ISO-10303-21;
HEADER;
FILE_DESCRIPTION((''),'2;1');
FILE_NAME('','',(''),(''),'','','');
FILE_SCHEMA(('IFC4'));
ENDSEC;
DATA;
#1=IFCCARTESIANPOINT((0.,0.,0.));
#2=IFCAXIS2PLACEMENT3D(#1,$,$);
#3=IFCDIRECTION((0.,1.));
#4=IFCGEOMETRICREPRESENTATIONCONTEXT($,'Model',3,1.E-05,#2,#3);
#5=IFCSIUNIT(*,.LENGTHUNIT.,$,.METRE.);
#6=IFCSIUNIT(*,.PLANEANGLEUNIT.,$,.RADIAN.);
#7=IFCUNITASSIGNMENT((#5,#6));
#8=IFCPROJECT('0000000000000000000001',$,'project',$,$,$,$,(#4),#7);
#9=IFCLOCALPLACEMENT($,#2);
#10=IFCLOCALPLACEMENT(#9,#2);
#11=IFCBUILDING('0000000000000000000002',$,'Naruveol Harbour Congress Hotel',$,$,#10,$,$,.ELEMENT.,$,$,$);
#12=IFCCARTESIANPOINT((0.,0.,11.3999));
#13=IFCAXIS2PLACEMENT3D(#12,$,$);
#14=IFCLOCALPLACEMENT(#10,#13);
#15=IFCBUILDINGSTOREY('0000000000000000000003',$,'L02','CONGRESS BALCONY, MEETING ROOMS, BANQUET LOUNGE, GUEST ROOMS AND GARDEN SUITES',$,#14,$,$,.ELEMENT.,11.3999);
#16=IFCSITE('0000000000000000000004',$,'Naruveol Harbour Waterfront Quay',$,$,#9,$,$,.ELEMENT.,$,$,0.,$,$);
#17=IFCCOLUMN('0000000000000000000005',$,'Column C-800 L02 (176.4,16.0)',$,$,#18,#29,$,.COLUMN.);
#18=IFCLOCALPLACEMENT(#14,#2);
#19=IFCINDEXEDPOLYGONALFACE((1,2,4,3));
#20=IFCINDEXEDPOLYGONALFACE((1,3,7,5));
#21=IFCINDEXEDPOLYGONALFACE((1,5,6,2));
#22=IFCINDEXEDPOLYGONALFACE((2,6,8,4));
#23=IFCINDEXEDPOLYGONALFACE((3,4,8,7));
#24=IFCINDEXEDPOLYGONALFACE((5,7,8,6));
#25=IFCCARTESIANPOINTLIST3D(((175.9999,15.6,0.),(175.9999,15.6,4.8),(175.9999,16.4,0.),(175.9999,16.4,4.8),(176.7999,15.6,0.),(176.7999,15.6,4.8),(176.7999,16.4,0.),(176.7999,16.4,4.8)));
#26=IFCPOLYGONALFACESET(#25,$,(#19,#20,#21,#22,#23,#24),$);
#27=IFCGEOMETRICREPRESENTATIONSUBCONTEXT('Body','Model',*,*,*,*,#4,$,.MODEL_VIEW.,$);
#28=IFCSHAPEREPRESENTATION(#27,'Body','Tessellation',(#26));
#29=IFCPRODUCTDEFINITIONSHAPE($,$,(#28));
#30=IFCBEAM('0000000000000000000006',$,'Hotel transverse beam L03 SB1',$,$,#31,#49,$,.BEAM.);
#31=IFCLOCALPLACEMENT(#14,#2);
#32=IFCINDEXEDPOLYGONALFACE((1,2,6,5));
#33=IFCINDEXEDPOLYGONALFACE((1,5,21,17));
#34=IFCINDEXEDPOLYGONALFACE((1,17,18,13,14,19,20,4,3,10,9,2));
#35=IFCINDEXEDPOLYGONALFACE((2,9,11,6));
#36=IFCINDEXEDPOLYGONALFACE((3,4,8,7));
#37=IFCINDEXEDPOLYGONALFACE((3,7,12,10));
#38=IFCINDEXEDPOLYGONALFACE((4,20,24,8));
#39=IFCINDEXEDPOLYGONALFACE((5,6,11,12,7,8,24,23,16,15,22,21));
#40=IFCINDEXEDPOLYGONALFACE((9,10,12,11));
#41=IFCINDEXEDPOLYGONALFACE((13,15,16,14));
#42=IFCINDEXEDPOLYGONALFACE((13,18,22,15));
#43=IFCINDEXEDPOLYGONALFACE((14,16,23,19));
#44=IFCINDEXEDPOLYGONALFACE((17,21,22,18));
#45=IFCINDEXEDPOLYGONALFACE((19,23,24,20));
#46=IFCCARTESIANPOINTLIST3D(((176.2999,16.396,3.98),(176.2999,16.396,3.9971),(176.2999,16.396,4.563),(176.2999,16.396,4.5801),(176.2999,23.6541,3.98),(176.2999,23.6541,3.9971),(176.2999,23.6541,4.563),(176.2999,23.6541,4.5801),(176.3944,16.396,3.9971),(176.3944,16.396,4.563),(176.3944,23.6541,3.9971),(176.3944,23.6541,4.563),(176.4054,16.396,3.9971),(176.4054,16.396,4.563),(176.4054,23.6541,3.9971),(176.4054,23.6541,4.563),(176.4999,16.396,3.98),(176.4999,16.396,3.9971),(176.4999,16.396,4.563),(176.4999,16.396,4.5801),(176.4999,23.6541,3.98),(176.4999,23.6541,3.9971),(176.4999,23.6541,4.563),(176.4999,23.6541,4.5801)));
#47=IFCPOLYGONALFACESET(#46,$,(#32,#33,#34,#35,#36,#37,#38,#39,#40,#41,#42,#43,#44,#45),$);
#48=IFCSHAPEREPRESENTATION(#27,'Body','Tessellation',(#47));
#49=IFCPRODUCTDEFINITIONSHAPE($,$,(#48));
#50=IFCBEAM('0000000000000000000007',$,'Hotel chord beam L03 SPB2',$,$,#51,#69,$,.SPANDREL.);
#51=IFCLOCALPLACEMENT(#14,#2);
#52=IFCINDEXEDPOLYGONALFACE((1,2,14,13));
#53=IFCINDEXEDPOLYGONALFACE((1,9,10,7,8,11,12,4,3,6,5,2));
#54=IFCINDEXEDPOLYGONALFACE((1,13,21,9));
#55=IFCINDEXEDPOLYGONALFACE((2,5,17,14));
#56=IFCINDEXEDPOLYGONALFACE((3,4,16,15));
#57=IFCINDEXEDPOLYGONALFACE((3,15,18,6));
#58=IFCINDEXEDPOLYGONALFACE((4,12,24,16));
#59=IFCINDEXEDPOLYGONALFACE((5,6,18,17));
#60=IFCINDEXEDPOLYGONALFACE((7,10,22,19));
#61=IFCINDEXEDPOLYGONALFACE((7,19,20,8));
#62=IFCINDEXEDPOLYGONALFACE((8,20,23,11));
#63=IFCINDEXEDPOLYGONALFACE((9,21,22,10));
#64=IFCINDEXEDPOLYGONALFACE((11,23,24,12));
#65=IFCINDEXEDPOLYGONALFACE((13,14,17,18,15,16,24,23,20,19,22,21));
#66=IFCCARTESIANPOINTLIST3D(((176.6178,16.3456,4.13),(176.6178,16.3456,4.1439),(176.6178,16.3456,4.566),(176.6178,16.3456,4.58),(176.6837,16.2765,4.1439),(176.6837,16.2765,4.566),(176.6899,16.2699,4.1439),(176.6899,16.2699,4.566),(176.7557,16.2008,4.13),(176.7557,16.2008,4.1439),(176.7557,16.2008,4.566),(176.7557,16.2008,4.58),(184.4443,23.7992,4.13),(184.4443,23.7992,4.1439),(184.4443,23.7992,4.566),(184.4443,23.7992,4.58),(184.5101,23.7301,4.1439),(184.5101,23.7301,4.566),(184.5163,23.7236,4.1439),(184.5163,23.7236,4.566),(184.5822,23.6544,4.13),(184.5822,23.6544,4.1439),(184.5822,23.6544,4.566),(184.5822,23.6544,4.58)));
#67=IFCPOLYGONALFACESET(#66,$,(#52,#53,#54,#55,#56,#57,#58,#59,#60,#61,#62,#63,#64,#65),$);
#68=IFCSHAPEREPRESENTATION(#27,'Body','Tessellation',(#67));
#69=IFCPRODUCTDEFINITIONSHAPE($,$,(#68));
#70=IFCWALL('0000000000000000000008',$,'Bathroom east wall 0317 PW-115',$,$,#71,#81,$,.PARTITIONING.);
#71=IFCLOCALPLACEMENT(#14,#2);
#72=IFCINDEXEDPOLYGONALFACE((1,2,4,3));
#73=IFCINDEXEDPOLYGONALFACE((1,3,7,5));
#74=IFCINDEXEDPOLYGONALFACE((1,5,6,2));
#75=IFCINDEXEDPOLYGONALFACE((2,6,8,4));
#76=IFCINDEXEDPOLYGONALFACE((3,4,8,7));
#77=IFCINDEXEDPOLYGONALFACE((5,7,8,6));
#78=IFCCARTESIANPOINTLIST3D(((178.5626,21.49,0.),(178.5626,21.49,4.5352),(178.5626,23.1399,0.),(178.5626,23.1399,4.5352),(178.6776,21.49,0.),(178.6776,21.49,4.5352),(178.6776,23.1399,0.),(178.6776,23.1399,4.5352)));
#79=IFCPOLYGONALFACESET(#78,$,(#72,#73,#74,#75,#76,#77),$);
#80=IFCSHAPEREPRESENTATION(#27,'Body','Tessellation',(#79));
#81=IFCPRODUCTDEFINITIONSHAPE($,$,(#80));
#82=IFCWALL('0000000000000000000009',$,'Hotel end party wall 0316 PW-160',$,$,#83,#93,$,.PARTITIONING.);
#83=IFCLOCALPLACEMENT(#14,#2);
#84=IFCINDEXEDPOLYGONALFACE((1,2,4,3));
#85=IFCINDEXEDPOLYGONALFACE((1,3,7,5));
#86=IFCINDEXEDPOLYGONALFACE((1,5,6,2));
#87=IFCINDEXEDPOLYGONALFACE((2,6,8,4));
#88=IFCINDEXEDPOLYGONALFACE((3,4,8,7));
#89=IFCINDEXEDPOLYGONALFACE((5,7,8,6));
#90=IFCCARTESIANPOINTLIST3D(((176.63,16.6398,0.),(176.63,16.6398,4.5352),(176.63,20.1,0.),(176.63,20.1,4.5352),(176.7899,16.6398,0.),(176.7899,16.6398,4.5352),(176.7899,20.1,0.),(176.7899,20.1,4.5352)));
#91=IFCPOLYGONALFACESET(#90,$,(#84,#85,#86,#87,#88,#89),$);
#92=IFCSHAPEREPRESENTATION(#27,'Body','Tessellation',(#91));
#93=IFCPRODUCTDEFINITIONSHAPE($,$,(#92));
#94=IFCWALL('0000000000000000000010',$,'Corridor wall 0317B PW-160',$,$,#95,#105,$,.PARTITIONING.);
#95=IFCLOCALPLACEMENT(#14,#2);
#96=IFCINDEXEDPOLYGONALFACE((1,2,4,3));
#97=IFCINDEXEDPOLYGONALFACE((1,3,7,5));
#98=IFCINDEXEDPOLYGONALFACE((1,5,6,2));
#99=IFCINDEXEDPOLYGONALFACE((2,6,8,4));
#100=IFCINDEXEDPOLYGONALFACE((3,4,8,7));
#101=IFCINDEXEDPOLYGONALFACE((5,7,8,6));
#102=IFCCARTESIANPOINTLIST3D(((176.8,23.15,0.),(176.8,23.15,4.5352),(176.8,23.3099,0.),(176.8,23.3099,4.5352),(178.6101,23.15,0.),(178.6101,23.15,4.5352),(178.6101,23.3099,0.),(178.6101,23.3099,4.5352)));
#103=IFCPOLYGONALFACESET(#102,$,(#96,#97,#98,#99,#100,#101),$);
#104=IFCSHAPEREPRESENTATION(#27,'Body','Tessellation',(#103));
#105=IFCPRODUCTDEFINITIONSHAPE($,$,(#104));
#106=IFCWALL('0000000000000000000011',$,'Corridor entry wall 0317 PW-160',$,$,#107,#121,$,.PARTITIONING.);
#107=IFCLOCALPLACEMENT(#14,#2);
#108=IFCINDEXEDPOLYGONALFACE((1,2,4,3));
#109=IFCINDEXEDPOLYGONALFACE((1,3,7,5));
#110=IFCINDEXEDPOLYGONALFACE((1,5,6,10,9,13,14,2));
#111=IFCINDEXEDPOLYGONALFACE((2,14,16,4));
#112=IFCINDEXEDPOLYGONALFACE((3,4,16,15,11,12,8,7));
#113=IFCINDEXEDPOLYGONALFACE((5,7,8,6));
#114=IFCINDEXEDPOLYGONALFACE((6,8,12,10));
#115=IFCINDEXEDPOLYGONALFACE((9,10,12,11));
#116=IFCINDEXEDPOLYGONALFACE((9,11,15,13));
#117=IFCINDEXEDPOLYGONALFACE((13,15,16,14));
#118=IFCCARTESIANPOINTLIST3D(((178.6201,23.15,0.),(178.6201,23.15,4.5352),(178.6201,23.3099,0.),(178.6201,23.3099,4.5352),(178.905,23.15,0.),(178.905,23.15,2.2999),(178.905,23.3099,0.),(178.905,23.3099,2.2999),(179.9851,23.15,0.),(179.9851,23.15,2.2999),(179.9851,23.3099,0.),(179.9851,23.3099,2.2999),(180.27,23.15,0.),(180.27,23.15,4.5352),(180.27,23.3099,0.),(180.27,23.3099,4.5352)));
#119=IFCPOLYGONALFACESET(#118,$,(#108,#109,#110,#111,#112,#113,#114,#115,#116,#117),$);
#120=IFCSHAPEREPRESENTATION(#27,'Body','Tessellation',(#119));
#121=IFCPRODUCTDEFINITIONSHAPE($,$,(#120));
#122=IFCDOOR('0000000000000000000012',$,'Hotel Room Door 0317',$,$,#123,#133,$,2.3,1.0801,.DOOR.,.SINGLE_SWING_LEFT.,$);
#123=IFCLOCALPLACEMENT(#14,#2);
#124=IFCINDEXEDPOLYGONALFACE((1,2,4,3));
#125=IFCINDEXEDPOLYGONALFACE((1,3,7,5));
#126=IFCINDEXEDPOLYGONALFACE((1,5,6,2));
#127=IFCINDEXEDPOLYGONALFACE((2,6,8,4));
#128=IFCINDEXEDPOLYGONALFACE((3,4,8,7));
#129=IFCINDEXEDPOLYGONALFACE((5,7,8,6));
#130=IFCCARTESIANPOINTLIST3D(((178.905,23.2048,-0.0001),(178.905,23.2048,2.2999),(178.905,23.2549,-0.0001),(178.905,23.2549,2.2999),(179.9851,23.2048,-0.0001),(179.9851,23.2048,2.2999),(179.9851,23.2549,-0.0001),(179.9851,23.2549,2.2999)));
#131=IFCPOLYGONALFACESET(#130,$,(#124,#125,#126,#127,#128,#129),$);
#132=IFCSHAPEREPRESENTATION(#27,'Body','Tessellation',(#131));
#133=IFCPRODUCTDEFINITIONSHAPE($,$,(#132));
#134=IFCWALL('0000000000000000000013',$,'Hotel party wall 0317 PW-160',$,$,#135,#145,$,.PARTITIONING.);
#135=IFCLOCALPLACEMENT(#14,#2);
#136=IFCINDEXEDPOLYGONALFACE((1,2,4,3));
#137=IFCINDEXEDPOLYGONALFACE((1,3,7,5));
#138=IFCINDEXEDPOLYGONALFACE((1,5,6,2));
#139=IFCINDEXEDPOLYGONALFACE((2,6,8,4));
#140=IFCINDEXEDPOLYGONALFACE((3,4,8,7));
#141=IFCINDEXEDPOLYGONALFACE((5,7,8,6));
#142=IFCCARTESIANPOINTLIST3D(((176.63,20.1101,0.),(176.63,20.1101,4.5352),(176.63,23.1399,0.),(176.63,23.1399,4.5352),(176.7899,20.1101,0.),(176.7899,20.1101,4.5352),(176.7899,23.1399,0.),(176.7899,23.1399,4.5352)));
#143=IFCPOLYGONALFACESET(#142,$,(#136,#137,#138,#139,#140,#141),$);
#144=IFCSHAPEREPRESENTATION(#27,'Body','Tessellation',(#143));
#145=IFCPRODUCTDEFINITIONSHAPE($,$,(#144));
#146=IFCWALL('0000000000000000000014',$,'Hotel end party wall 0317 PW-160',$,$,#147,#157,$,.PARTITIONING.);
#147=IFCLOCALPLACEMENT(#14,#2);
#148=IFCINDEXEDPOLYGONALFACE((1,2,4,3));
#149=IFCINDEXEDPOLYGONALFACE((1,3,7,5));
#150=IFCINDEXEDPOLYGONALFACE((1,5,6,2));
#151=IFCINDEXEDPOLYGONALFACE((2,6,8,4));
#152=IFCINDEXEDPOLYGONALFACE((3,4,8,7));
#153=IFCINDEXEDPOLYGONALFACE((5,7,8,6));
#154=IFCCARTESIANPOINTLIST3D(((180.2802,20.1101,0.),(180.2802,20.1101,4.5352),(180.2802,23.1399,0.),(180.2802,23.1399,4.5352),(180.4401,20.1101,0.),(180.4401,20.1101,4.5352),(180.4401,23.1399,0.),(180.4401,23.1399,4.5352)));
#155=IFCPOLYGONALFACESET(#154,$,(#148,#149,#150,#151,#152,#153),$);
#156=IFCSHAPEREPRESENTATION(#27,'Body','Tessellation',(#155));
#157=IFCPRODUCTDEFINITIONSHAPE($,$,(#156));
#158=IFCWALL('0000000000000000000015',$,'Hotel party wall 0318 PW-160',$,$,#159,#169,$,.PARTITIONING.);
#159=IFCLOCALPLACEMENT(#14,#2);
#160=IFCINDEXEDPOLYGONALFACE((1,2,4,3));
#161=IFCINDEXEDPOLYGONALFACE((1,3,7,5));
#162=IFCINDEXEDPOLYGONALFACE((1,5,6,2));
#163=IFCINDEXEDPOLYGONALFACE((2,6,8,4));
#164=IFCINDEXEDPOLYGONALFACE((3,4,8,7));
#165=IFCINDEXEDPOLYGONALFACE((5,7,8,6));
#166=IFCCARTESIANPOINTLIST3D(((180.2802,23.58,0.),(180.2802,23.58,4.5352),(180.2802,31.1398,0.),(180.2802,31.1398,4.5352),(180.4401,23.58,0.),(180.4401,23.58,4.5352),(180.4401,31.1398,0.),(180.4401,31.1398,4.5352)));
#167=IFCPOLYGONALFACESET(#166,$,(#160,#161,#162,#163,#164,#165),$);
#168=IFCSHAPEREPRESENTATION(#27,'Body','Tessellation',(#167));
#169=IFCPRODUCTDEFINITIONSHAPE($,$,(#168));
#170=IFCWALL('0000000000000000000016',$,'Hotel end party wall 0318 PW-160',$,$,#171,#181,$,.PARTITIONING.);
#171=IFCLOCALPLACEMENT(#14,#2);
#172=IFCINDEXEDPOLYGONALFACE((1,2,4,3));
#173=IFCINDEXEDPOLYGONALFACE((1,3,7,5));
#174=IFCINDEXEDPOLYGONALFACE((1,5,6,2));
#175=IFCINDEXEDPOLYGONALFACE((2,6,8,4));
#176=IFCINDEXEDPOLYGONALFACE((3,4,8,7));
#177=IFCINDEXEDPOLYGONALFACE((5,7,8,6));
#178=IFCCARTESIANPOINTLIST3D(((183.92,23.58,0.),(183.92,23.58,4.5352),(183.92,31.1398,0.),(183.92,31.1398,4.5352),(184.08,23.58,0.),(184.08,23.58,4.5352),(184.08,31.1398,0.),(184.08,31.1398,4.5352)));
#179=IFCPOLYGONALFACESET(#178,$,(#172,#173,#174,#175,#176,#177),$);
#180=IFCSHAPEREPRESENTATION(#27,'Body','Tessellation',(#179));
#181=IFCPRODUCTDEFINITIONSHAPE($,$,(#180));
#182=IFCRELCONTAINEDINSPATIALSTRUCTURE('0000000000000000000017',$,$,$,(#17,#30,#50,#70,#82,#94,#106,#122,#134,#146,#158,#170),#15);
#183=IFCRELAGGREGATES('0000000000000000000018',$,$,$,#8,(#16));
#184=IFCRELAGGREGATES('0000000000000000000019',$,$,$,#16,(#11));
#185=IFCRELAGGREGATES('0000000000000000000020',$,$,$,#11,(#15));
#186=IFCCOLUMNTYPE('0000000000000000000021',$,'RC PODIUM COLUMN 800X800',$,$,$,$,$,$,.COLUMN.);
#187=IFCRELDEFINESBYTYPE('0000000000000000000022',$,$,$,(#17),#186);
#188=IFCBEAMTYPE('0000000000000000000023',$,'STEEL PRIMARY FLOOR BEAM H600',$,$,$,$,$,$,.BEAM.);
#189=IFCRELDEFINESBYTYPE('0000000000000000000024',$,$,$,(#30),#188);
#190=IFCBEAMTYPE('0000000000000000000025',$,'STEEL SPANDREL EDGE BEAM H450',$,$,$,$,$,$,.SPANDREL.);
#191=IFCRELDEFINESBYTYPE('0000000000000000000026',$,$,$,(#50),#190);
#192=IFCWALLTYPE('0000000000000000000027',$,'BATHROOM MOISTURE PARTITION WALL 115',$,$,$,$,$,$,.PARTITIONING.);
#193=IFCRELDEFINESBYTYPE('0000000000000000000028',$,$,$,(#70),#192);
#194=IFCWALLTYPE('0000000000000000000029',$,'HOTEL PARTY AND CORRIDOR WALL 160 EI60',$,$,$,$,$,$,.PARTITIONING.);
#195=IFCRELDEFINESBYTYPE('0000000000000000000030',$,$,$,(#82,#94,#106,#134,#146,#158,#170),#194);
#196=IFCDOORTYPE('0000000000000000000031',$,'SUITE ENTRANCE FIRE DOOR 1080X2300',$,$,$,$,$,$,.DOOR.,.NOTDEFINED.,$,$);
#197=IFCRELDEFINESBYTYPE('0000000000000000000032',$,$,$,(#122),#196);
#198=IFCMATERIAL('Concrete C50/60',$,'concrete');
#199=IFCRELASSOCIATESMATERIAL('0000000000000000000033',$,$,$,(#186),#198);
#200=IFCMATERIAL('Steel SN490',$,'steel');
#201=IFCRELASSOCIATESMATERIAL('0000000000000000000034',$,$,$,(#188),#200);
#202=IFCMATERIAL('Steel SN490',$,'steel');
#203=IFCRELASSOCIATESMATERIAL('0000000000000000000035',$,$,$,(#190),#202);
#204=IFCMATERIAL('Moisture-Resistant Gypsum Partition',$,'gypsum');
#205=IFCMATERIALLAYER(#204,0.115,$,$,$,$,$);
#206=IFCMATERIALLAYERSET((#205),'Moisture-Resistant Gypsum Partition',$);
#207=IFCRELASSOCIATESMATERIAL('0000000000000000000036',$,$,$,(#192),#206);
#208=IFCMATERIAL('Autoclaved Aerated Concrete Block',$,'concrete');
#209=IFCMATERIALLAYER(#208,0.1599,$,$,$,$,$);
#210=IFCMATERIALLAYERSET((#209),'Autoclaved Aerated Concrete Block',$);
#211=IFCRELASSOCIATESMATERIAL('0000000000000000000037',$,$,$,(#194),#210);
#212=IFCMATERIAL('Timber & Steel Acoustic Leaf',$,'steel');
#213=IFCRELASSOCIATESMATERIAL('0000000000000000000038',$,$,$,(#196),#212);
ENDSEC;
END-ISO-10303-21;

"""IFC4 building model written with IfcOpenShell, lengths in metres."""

from ifc_helpers import new_model, si_unit, direction, frame, frame_2d, origin, origin_2d, place, context, subcontext, project, spatial, rectangle, i_section, extrude, material, layer, layer_set, material_profile, profile_set, type_object, element, fill, save


model = new_model("IFC4")

# Units and contexts
model_context = context("Model", 3, precision=1e-05, world=origin(), true_north=direction((0.0, 1.0)))
body_context = subcontext(model_context, "Body", "Model", "MODEL_VIEW")
ifc_project = project(units=[si_unit("LENGTHUNIT", "METRE"), si_unit("PLANEANGLEUNIT", "RADIAN")], contexts=[model_context])

# Site, building, storey
site_placement = place(None, origin())
site = spatial("IfcSite", under=ifc_project, at=site_placement, Name="Naruveol Harbour Waterfront Quay", CompositionType="ELEMENT", RefElevation=0.0)
building_placement = place(site_placement, origin())
building = spatial("IfcBuilding", under=site, at=building_placement, Name="Naruveol Harbour Congress Hotel", CompositionType="ELEMENT")
storey_placement = place(building_placement, frame((0.0, 0.0, 11.3999)))
storey = spatial("IfcBuildingStorey", under=building, at=storey_placement, Name="L02", Description="CONGRESS BALCONY, MEETING ROOMS, BANQUET LOUNGE, GUEST ROOMS AND GARDEN SUITES", CompositionType="ELEMENT", Elevation=11.3999)

# Column
ifc_material_1 = material(Name="Concrete C50/60", Category="concrete")
ifc_material_profile_1 = material_profile(ifc_material_1, rectangle(XDim=0.8, YDim=0.8, at=origin_2d()), Name="RC-800x800")
ifc_profile_set_1 = profile_set([ifc_material_profile_1], Name="Concrete C50/60")
column_type = type_object("IfcColumnType", Name="RC PODIUM COLUMN 800X800", PredefinedType="COLUMN", material=ifc_profile_set_1)
column_placement = place(storey_placement, frame((176.3999, 16.0, 0.0), z_axis=(0.0, 0.0, 1.0), x_axis=(1.0, 0.0, 0.0)))
element("IfcColumn", 1, at=column_placement, inside=storey, type_object=column_type, Name="Column C-800 L02 (176.4,16.0)", PredefinedType="COLUMN", context=body_context, shape_type="SweptSolid", body=[
    extrude(rectangle(XDim=0.8, YDim=0.8, at=origin_2d()), origin(), (0.0, 0.0, 1.0), 4.8),
])

# Beams
ifc_material_2 = material(Name="Steel SN490", Category="steel")
ifc_material_profile_2 = material_profile(ifc_material_2, i_section(OverallWidth=0.2, OverallDepth=0.6001, WebThickness=0.011, FlangeThickness=0.0171, at=origin_2d()), Name="H-600x200x11x17")
ifc_profile_set_2 = profile_set([ifc_material_profile_2], Name="Steel SN490")
beam_type_1 = type_object("IfcBeamType", Name="STEEL PRIMARY FLOOR BEAM H600", PredefinedType="BEAM", material=ifc_profile_set_2)
beam_1_placement = place(storey_placement, frame((176.3999, 16.396, 4.28), z_axis=(0.0, 1.0, 0.0), x_axis=(-1.0, 0.0, 0.0)))
element("IfcBeam", 2, at=beam_1_placement, inside=storey, type_object=beam_type_1, Name="Hotel transverse beam L03 SB1", PredefinedType="BEAM", context=body_context, shape_type="SweptSolid", body=[
    extrude(i_section(OverallWidth=0.2, OverallDepth=0.6001, WebThickness=0.011, FlangeThickness=0.0171, at=origin_2d()), origin(), (0.0, 0.0, 1.0), 7.2581),
])
ifc_material_3 = material(Name="Steel SN490", Category="steel")
ifc_material_profile_3 = material_profile(ifc_material_3, i_section(OverallWidth=0.2, OverallDepth=0.45, WebThickness=0.009, FlangeThickness=0.0139, at=origin_2d()), Name="H-450x200x9x14")
ifc_profile_set_3 = profile_set([ifc_material_profile_3], Name="Steel SN490")
beam_type_2 = type_object("IfcBeamType", Name="STEEL SPANDREL EDGE BEAM H450", PredefinedType="SPANDREL", material=ifc_profile_set_3)
beam_2_placement = place(storey_placement, frame((176.6868, 16.2732, 4.355), z_axis=(0.724143, 0.68965, 0.0), x_axis=(-0.68965, 0.724143, 0.0)))
element("IfcBeam", 3, at=beam_2_placement, inside=storey, type_object=beam_type_2, Name="Hotel chord beam L03 SPB2", PredefinedType="SPANDREL", context=body_context, shape_type="SweptSolid", body=[
    extrude(i_section(OverallWidth=0.2, OverallDepth=0.45, WebThickness=0.009, FlangeThickness=0.0139, at=origin_2d()), origin(), (0.0, 0.0, 1.0), 10.8079),
])

# Shared definitions
ifc_material_4 = material(Name="Moisture-Resistant Gypsum Partition", Category="gypsum")
ifc_layer_1 = layer(ifc_material_4, 0.115)
ifc_layer_set_1 = layer_set([ifc_layer_1], Name="Moisture-Resistant Gypsum Partition")
wall_type_1 = type_object("IfcWallType", Name="BATHROOM MOISTURE PARTITION WALL 115", PredefinedType="PARTITIONING", material=ifc_layer_set_1)

# Wall
wall_1_placement = place(storey_placement, frame((178.6201, 21.49, 0.0), z_axis=(0.0, 0.0, 1.0), x_axis=(0.0, 1.0, 0.0)))
element("IfcWall", 4, at=wall_1_placement, inside=storey, type_object=wall_type_1, Name="Bathroom east wall 0317 PW-115", PredefinedType="PARTITIONING", context=body_context, shape_type="SweptSolid", body=[
    extrude(rectangle(XDim=1.6499, YDim=0.115, at=frame_2d((0.825, 0.0))), origin(), (0.0, 0.0, 1.0), 4.5352),
])

# Walls
ifc_material_5 = material(Name="Autoclaved Aerated Concrete Block", Category="concrete")
ifc_layer_2 = layer(ifc_material_5, 0.1599)
ifc_layer_set_2 = layer_set([ifc_layer_2], Name="Autoclaved Aerated Concrete Block")
wall_type_2 = type_object("IfcWallType", Name="HOTEL PARTY AND CORRIDOR WALL 160 EI60", PredefinedType="PARTITIONING", material=ifc_layer_set_2)
wall_2_placement = place(storey_placement, frame((176.71, 16.6399, 0.0), z_axis=(0.0, 0.0, 1.0), x_axis=(0.0, 1.0, 0.0)))
element("IfcWall", 5, at=wall_2_placement, inside=storey, type_object=wall_type_2, Name="Hotel end party wall 0316 PW-160", PredefinedType="PARTITIONING", context=body_context, shape_type="SweptSolid", body=[
    extrude(rectangle(XDim=3.4602, YDim=0.1599, at=frame_2d((1.73, 0.0))), origin(), (0.0, 0.0, 1.0), 4.5352),
])
wall_3_placement = place(storey_placement, frame((176.8, 23.23, 0.0), z_axis=(0.0, 0.0, 1.0), x_axis=(1.0, 0.0, 0.0)))
element("IfcWall", 6, at=wall_3_placement, inside=storey, type_object=wall_type_2, Name="Corridor wall 0317B PW-160", PredefinedType="PARTITIONING", context=body_context, shape_type="SweptSolid", body=[
    extrude(rectangle(XDim=1.8101, YDim=0.1599, at=frame_2d((0.905, 0.0))), origin(), (0.0, 0.0, 1.0), 4.5352),
])

# Wall, opening, door
wall_4_placement = place(storey_placement, frame((178.6201, 23.23, 0.0), z_axis=(0.0, 0.0, 1.0), x_axis=(1.0, 0.0, 0.0)))
wall_4 = element("IfcWall", 7, at=wall_4_placement, inside=storey, type_object=wall_type_2, Name="Corridor entry wall 0317 PW-160", PredefinedType="PARTITIONING", context=body_context, shape_type="SweptSolid", body=[
    extrude(rectangle(XDim=1.6499, YDim=0.1599, at=frame_2d((0.825, 0.0))), origin(), (0.0, 0.0, 1.0), 4.5352),
])
opening_1_placement = place(wall_4_placement, frame((0.2849, 0.0, 0.0)))
opening_1 = element("IfcOpeningElement", 8, at=opening_1_placement, cuts=wall_4, PredefinedType="OPENING", context=body_context, shape_type="SweptSolid", body=[
    extrude(rectangle(XDim=1.0801, YDim=2.3, at=frame_2d((0.54, 1.1499))), frame((0.0, 0.0898, 0.0), z_axis=(0.0, -1.0, 0.0), x_axis=(1.0, 0.0, 0.0)), (0.0, 0.0, 1.0), 0.1799),
])
ifc_material_6 = material(Name="Timber & Steel Acoustic Leaf", Category="steel")
door_type_1 = type_object("IfcDoorType", Name="SUITE ENTRANCE FIRE DOOR 1080X2300", OperationType="NOTDEFINED", PredefinedType="DOOR", material=ifc_material_6)
door_1_placement = place(opening_1_placement, origin())
door_1 = element("IfcDoor", 9, at=door_1_placement, inside=storey, type_object=door_type_1, Name="Hotel Room Door 0317", OperationType="SINGLE_SWING_LEFT", OverallHeight=2.3, OverallWidth=1.0801, PredefinedType="DOOR", context=body_context, shape_type="SweptSolid", body=[
    extrude(rectangle(XDim=1.0801, YDim=2.3, at=frame_2d((0.54, 1.1499))), frame((0.0, 0.0249, 0.0), z_axis=(0.0, -1.0, 0.0), x_axis=(1.0, 0.0, 0.0)), (0.0, 0.0, 1.0), 0.05),
])
fill(opening_1, door_1)

# Walls
for number, where, z_axis, x_axis, name in (
    (10, (176.71, 20.1101, 0.0), (0.0, 0.0, 1.0), (0.0, 1.0, 0.0), "Hotel party wall 0317 PW-160"),
    (11, (180.3601, 20.1101, 0.0), (0.0, 0.0, 1.0), (0.0, 1.0, 0.0), "Hotel end party wall 0317 PW-160"),
):
    element("IfcWall", number, at=place(storey_placement, frame(where, z_axis=z_axis, x_axis=x_axis)), inside=storey, type_object=wall_type_2, Name=name, PredefinedType="PARTITIONING", context=body_context, shape_type="SweptSolid", body=[
        extrude(rectangle(XDim=3.0298, YDim=0.1599, at=frame_2d((1.5149, 0.0))), origin(), (0.0, 0.0, 1.0), 4.5352),
    ])
for number, where, z_axis, x_axis, name in (
    (12, (180.3601, 23.5801, 0.0), (0.0, 0.0, 1.0), (0.0, 1.0, 0.0), "Hotel party wall 0318 PW-160"),
    (13, (184.0, 23.5801, 0.0), (0.0, 0.0, 1.0), (0.0, 1.0, 0.0), "Hotel end party wall 0318 PW-160"),
):
    element("IfcWall", number, at=place(storey_placement, frame(where, z_axis=z_axis, x_axis=x_axis)), inside=storey, type_object=wall_type_2, Name=name, PredefinedType="PARTITIONING", context=body_context, shape_type="SweptSolid", body=[
        extrude(rectangle(XDim=7.5598, YDim=0.1599, at=frame_2d((3.7798, 0.0))), origin(), (0.0, 0.0, 1.0), 4.5352),
    ])

save(model, "model.ifc")
